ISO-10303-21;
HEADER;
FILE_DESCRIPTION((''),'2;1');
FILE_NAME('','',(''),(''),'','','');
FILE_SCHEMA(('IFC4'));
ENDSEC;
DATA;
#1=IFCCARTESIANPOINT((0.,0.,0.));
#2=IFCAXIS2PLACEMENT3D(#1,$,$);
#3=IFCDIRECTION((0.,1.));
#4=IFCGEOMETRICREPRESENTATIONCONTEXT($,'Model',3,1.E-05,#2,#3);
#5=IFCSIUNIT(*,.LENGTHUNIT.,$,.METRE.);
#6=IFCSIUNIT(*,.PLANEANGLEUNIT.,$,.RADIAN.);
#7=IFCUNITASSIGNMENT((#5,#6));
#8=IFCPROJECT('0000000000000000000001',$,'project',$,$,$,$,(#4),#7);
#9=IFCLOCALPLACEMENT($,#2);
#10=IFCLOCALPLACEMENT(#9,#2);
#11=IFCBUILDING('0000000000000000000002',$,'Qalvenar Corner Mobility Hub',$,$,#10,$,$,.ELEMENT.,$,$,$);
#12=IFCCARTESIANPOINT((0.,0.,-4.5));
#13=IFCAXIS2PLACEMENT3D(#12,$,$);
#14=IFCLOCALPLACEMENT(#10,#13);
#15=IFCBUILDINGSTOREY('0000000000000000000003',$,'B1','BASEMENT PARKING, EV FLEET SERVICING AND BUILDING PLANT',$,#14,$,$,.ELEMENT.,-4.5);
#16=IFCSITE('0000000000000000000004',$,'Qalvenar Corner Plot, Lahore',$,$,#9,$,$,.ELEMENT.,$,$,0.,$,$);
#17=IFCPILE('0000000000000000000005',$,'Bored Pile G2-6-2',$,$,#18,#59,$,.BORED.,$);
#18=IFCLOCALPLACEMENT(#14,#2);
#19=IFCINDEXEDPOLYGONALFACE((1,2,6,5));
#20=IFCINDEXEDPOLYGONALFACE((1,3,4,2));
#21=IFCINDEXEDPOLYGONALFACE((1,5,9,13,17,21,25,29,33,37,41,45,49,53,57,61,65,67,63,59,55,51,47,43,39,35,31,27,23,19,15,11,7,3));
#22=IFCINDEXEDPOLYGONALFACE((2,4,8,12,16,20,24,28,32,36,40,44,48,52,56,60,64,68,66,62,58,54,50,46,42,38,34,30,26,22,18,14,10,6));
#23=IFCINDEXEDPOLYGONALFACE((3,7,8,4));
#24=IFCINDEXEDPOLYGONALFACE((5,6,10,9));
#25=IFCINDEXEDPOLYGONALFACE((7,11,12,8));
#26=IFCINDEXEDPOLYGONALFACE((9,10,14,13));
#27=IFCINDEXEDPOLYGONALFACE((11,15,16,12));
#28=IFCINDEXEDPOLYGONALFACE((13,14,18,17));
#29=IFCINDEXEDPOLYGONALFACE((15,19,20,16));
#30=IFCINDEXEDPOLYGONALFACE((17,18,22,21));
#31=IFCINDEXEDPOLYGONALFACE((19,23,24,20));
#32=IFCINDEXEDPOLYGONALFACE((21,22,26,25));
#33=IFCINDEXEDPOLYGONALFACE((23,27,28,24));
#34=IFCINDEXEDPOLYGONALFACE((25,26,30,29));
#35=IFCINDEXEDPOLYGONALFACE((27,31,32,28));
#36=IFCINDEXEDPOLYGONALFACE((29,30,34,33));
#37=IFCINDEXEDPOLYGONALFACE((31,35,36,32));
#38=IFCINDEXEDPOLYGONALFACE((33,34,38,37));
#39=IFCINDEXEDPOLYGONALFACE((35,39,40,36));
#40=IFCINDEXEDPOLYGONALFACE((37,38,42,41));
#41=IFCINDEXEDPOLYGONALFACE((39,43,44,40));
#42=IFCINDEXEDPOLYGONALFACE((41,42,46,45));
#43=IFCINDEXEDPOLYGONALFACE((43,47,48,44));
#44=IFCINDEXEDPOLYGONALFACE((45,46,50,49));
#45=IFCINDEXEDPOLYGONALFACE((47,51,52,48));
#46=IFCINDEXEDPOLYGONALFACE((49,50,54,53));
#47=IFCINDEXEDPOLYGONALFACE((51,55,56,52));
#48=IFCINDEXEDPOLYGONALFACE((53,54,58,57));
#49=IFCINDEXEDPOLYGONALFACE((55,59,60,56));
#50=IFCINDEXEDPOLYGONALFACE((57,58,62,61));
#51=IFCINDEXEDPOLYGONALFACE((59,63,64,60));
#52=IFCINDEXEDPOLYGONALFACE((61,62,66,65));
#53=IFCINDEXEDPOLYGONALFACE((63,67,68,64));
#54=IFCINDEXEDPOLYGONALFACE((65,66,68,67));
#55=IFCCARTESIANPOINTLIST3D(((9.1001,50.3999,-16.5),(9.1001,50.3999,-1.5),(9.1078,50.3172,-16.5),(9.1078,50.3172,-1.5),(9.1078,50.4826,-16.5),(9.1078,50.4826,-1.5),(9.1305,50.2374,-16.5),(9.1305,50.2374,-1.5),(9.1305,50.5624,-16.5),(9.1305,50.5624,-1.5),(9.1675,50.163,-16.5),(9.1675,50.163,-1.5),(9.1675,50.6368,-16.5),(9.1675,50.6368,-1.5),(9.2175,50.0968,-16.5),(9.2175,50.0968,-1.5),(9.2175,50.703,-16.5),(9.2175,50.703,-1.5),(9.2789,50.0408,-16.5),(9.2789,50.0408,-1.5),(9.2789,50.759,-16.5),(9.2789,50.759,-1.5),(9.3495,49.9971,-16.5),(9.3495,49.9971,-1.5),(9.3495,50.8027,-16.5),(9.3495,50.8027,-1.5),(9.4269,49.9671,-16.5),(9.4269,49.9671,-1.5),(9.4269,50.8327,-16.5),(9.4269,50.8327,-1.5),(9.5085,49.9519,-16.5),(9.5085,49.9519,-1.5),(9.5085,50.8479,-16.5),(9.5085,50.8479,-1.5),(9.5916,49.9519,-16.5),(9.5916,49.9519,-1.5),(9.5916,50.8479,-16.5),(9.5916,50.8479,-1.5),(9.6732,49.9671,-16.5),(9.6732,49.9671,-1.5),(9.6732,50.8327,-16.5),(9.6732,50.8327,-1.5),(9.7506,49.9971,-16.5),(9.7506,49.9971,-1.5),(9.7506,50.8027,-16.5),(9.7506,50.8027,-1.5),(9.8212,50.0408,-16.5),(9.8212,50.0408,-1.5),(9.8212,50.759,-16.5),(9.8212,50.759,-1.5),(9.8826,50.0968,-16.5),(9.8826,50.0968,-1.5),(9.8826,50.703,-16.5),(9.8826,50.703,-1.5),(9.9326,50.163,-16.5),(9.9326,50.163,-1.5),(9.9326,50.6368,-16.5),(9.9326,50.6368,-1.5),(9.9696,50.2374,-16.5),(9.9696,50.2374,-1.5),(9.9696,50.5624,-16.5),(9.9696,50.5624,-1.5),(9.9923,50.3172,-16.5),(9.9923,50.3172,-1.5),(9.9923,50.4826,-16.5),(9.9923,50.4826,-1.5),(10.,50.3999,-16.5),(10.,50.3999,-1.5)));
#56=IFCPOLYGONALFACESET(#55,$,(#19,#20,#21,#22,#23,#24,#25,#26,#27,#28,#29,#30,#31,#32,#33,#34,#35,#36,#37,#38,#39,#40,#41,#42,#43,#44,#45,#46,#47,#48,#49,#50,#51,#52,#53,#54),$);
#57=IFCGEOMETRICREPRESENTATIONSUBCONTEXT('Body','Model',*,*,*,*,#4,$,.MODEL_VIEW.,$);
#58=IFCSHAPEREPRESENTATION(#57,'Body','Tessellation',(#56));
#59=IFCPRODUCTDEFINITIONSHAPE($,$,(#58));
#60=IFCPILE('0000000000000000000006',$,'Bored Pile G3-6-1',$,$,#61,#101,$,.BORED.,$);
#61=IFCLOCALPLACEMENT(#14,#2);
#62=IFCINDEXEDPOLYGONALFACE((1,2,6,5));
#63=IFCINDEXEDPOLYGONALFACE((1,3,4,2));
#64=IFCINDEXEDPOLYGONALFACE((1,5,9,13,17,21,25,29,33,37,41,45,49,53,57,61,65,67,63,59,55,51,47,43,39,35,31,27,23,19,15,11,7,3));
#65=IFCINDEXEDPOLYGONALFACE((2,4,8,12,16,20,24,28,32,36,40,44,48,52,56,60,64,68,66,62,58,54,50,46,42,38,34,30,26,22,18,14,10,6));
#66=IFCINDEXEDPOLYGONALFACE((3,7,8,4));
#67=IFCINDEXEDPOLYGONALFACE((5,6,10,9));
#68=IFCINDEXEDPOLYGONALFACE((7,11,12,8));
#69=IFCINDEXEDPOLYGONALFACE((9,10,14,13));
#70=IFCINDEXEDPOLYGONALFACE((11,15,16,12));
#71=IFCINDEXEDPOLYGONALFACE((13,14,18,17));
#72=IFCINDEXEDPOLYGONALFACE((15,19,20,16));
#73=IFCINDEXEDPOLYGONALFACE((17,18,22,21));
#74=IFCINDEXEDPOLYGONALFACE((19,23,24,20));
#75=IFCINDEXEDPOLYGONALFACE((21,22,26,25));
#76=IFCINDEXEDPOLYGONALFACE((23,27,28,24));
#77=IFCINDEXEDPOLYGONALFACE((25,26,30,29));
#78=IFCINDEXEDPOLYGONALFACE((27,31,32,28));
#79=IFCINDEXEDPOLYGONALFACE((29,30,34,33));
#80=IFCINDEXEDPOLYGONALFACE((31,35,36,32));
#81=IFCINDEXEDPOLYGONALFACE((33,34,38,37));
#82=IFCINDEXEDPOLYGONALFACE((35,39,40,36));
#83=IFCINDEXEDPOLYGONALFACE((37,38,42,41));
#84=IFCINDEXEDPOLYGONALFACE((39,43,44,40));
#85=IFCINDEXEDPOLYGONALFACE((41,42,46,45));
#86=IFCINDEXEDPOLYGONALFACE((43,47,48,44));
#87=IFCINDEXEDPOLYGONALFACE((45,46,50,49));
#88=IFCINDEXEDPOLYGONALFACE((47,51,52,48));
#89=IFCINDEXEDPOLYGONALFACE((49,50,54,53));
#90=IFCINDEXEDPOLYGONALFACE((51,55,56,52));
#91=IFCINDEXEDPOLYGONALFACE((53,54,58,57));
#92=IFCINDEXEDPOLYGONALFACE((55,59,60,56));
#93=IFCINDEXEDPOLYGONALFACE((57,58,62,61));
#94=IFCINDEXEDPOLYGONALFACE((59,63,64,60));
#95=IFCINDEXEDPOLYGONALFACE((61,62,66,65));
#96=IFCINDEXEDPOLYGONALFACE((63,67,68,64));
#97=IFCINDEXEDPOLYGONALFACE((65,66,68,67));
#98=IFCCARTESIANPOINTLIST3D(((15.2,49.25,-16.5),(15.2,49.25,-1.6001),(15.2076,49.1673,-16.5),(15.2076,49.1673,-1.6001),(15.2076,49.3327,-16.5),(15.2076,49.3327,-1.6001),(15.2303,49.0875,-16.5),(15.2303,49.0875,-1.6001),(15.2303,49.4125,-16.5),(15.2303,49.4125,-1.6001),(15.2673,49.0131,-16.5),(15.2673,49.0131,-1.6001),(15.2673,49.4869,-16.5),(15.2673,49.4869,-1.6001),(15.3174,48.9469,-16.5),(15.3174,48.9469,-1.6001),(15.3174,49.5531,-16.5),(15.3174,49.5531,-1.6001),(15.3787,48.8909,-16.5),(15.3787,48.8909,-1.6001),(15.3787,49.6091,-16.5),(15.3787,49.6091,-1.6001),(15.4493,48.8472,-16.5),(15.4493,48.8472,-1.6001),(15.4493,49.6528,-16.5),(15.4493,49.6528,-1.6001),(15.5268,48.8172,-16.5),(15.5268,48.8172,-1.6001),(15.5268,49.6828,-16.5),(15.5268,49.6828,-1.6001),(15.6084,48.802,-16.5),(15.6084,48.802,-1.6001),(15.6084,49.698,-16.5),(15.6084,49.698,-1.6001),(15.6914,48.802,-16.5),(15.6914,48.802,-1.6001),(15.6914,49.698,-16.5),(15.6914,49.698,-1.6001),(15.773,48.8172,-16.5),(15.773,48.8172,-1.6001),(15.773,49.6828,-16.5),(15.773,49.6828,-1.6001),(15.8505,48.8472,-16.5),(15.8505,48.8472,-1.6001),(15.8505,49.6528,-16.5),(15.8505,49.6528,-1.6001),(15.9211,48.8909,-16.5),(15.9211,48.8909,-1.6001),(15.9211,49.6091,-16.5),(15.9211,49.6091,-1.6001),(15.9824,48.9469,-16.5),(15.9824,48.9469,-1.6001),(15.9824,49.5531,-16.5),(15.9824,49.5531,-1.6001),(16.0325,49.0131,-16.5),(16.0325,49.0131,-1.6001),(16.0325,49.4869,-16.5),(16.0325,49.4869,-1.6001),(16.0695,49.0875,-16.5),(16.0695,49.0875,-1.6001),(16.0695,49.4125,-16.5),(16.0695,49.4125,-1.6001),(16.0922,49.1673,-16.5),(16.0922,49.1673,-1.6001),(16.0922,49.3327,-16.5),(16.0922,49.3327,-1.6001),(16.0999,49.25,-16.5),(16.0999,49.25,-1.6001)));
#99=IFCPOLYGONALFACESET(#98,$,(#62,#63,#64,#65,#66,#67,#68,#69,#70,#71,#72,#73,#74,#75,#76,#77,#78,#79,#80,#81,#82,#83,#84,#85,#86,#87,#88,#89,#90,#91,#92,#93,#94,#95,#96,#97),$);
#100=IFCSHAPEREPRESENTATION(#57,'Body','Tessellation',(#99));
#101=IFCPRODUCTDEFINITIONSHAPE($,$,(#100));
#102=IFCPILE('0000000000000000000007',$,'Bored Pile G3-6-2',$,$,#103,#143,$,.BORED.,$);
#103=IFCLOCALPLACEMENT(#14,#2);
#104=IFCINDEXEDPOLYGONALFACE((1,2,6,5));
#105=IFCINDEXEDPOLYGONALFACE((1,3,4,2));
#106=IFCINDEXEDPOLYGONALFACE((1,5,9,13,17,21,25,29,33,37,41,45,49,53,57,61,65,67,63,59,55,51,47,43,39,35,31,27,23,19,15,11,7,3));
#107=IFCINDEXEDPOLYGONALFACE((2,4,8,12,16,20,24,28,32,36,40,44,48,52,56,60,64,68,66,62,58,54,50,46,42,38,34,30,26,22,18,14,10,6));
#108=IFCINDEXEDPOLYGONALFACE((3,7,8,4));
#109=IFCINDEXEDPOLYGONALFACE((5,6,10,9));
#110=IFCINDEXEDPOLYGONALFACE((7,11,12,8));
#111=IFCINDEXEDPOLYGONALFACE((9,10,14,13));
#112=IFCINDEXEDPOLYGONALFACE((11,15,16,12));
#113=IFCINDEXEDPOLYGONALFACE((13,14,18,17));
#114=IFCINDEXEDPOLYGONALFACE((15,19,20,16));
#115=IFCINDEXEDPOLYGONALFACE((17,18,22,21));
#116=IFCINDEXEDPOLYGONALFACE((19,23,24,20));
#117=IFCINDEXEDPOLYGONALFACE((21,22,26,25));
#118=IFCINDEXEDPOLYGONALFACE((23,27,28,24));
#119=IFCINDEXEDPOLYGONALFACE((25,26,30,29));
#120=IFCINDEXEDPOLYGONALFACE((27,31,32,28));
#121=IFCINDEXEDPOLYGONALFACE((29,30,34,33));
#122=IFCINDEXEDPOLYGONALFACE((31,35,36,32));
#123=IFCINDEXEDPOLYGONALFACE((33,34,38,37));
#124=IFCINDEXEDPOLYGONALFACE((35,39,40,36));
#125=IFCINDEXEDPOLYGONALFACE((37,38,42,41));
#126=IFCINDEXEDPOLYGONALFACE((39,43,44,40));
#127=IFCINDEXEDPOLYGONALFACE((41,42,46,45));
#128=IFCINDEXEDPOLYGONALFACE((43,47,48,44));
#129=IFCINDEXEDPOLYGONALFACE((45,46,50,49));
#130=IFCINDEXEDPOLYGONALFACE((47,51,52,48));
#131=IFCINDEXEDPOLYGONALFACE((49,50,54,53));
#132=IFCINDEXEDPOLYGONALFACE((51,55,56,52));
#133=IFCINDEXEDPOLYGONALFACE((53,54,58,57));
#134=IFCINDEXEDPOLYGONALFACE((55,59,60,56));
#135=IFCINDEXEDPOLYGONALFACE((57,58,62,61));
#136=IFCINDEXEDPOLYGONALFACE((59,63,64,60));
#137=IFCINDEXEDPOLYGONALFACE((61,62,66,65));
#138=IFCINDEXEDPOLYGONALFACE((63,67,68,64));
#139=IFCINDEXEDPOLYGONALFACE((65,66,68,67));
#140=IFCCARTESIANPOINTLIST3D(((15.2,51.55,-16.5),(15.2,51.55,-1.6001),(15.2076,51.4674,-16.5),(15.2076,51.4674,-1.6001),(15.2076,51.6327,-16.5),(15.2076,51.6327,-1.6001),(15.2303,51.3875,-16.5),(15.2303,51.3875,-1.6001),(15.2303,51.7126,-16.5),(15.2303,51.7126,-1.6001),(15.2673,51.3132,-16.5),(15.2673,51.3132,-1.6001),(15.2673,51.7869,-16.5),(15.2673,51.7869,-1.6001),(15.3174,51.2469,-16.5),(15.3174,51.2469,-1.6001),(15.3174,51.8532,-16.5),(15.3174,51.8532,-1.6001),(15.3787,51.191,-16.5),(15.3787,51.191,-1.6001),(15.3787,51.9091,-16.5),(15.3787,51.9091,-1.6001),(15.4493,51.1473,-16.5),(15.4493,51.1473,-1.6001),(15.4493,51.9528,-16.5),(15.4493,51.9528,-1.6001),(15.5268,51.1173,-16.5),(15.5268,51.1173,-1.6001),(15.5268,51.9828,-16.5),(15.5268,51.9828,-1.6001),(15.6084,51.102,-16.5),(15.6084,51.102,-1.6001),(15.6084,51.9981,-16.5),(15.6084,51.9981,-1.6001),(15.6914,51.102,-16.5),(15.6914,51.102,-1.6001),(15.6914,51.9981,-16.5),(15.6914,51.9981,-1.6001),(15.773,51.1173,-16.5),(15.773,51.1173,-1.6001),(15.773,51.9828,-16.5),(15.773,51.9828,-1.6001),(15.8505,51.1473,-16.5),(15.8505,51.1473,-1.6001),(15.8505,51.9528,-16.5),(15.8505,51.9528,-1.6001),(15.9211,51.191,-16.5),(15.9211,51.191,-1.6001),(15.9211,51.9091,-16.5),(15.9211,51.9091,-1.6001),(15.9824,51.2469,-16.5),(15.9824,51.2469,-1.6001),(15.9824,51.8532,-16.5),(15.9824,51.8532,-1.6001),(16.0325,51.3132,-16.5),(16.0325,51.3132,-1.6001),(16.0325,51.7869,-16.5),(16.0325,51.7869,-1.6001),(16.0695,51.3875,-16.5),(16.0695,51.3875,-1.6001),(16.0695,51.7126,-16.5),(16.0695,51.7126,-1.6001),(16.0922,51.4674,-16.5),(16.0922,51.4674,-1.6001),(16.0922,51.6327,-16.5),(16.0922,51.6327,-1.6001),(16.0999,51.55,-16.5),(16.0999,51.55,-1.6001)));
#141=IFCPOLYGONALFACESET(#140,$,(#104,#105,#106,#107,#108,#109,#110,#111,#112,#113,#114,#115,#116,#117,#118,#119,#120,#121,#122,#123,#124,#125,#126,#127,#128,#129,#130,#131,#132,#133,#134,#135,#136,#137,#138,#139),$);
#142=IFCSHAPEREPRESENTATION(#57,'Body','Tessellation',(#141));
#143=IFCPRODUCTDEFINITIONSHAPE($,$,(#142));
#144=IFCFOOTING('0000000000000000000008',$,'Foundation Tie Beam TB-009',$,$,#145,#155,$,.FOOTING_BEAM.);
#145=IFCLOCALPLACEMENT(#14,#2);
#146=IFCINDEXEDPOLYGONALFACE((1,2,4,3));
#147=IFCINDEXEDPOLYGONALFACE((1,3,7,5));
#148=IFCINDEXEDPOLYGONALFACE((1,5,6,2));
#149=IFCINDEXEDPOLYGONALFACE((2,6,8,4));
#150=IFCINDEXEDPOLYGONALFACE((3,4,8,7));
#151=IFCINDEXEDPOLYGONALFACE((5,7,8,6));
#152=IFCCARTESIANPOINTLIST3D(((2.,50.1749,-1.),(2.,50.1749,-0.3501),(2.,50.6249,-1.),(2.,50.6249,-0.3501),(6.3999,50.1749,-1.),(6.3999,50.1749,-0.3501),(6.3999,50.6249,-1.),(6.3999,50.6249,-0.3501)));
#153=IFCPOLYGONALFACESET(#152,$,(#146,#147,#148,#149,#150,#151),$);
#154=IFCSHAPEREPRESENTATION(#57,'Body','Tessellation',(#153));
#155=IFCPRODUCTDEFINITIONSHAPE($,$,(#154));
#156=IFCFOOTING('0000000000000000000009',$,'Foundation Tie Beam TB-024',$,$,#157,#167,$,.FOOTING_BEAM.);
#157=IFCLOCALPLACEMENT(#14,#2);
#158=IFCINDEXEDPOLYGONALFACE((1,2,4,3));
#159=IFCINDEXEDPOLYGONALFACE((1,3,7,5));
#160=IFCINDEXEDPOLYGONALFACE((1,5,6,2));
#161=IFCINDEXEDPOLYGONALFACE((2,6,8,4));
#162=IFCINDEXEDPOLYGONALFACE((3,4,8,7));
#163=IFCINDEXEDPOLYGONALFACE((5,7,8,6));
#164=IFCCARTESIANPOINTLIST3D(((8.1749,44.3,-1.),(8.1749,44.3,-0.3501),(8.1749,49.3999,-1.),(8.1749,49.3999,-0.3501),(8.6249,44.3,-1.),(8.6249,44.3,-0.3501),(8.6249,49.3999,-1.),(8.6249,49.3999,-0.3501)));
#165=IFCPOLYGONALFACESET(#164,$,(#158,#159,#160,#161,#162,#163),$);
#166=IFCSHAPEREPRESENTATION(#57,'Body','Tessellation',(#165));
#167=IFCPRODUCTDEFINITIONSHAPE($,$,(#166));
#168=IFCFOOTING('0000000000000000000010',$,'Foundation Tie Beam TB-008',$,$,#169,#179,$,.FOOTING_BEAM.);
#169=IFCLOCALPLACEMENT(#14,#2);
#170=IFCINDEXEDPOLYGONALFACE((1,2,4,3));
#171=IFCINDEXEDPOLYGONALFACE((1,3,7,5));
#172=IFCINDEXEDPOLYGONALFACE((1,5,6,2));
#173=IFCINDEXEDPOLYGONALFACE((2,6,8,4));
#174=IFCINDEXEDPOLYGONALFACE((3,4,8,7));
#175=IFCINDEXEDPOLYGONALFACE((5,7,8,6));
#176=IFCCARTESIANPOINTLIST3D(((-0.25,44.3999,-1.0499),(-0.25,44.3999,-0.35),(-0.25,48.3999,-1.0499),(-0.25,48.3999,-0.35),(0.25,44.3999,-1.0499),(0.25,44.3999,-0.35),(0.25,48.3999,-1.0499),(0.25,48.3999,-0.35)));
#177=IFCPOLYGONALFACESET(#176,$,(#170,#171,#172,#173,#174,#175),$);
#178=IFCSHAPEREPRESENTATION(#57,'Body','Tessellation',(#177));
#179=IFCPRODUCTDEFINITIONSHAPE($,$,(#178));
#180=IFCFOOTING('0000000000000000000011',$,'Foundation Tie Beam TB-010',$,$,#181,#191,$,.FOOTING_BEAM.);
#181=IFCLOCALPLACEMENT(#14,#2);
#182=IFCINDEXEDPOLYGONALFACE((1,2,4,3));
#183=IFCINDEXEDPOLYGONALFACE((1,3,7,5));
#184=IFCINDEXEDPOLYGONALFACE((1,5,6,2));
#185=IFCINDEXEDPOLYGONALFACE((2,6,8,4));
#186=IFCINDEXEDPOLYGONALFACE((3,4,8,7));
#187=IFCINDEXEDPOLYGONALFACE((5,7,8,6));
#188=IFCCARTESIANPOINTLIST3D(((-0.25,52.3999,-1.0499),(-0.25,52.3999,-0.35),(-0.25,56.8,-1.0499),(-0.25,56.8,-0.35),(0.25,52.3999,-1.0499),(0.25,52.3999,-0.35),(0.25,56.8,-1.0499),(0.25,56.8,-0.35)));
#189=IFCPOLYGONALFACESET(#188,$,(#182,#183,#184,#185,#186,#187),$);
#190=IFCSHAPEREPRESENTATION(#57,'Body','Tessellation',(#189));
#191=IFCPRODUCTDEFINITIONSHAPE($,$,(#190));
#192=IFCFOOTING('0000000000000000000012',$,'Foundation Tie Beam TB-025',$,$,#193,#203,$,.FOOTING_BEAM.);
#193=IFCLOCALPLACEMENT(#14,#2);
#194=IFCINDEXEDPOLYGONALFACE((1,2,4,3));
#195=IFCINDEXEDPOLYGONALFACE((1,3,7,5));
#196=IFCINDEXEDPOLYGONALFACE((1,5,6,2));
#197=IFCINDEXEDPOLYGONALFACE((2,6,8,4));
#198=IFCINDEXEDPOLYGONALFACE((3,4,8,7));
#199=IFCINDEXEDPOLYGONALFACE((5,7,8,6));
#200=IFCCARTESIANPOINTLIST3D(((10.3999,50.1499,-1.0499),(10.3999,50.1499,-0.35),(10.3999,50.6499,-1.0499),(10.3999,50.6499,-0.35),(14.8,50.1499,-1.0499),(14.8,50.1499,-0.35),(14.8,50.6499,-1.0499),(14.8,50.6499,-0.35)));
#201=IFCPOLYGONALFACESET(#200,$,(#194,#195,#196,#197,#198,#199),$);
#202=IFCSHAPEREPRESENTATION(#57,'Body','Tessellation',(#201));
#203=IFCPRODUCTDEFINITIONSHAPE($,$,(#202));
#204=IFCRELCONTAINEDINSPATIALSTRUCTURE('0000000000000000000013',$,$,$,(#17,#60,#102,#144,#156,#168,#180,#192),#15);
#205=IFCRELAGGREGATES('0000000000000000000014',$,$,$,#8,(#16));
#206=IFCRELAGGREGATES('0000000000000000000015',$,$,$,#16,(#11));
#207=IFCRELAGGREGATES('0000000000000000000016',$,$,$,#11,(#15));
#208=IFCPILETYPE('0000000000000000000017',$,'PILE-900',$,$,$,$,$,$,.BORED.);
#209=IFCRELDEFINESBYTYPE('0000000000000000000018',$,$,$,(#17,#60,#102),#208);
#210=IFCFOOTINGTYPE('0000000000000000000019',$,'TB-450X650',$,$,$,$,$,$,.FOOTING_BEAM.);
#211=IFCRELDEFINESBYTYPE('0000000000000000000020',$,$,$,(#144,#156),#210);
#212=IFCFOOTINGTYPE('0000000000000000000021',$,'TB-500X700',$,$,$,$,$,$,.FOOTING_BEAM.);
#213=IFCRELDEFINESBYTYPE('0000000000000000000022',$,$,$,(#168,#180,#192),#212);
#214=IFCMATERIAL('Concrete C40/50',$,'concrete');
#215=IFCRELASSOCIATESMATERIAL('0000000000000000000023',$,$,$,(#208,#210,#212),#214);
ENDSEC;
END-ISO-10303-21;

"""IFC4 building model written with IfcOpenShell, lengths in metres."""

from ifc_helpers import new_model, si_unit, direction, frame, origin, origin_2d, place, context, subcontext, project, spatial, rectangle, circle, extrude, material, material_profile, profile_set, type_object, element, save


model = new_model("IFC4")

# Units and contexts
model_context = context("Model", 3, precision=1e-05, world=origin(), true_north=direction((0.0, 1.0)))
body_context = subcontext(model_context, "Body", "Model", "MODEL_VIEW")
ifc_project = project(units=[si_unit("LENGTHUNIT", "METRE"), si_unit("PLANEANGLEUNIT", "RADIAN")], contexts=[model_context])

# Site, building, storey
site_placement = place(None, origin())
site = spatial("IfcSite", under=ifc_project, at=site_placement, Name="Qalvenar Corner Plot, Lahore", CompositionType="ELEMENT", RefElevation=0.0)
building_placement = place(site_placement, origin())
building = spatial("IfcBuilding", under=site, at=building_placement, Name="Qalvenar Corner Mobility Hub", CompositionType="ELEMENT")
storey_placement = place(building_placement, frame((0.0, 0.0, -4.5)))
storey = spatial("IfcBuildingStorey", under=building, at=storey_placement, Name="B1", Description="BASEMENT PARKING, EV FLEET SERVICING AND BUILDING PLANT", CompositionType="ELEMENT", Elevation=-4.5)

# Shared definitions
ifc_material_1 = material(Name="Concrete C40/50", Category="concrete")

# Piles
ifc_material_profile_1 = material_profile(ifc_material_1, circle(Radius=0.45, at=origin_2d()), Name="DIA900")
ifc_profile_set_1 = profile_set([ifc_material_profile_1], Name="Concrete C40/50")
pile_type_1 = type_object("IfcPileType", Name="PILE-900", PredefinedType="BORED", material=ifc_profile_set_1)
for number, where, z_axis, x_axis, name in (
    (1, (9.55, 50.3999, -1.5), (0.0, 0.0, -1.0), (1.0, 0.0, 0.0), "Bored Pile G2-6-2"),
):
    element("IfcPile", number, at=place(storey_placement, frame(where, z_axis=z_axis, x_axis=x_axis)), inside=storey, type_object=pile_type_1, Name=name, PredefinedType="BORED", context=body_context, shape_type="SweptSolid", body=[
        extrude(circle(Radius=0.45, at=origin_2d()), origin(), (0.0, 0.0, 1.0), 15.0),
    ])
for number, where, z_axis, x_axis, name in (
    (2, (15.6499, 49.25, -1.6001), (0.0, 0.0, -1.0), (1.0, 0.0, 0.0), "Bored Pile G3-6-1"),
    (3, (15.6499, 51.55, -1.6001), (0.0, 0.0, -1.0), (1.0, 0.0, 0.0), "Bored Pile G3-6-2"),
):
    element("IfcPile", number, at=place(storey_placement, frame(where, z_axis=z_axis, x_axis=x_axis)), inside=storey, type_object=pile_type_1, Name=name, PredefinedType="BORED", context=body_context, shape_type="SweptSolid", body=[
        extrude(circle(Radius=0.45, at=origin_2d()), origin(), (0.0, 0.0, 1.0), 14.8999),
    ])

# Footings
ifc_material_profile_2 = material_profile(ifc_material_1, rectangle(XDim=0.45, YDim=0.6499, at=origin_2d()), Name="RC450x650")
ifc_profile_set_2 = profile_set([ifc_material_profile_2], Name="Concrete C40/50")
footing_type_1 = type_object("IfcFootingType", Name="TB-450X650", PredefinedType="FOOTING_BEAM", material=ifc_profile_set_2)
footing_1_placement = place(storey_placement, frame((2.0, 50.3999, -0.675), z_axis=(1.0, 0.0, 0.0), x_axis=(0.0, 1.0, 0.0)))
element("IfcFooting", 4, at=footing_1_placement, inside=storey, type_object=footing_type_1, Name="Foundation Tie Beam TB-009", PredefinedType="FOOTING_BEAM", context=body_context, shape_type="SweptSolid", body=[
    extrude(rectangle(XDim=0.45, YDim=0.6499, at=origin_2d()), origin(), (0.0, 0.0, 1.0), 4.3999),
])
footing_2_placement = place(storey_placement, frame((8.3999, 44.3, -0.675), z_axis=(0.0, 1.0, 0.0), x_axis=(-1.0, 0.0, 0.0)))
element("IfcFooting", 5, at=footing_2_placement, inside=storey, type_object=footing_type_1, Name="Foundation Tie Beam TB-024", PredefinedType="FOOTING_BEAM", context=body_context, shape_type="SweptSolid", body=[
    extrude(rectangle(XDim=0.45, YDim=0.6499, at=origin_2d()), origin(), (0.0, 0.0, 1.0), 5.0999),
])
ifc_material_profile_3 = material_profile(ifc_material_1, rectangle(XDim=0.5, YDim=0.7, at=origin_2d()), Name="RC500x700")
ifc_profile_set_3 = profile_set([ifc_material_profile_3], Name="Concrete C40/50")
footing_type_2 = type_object("IfcFootingType", Name="TB-500X700", PredefinedType="FOOTING_BEAM", material=ifc_profile_set_3)
footing_3_placement = place(storey_placement, frame((0.0, 44.3999, -0.7), z_axis=(0.0, 1.0, 0.0), x_axis=(-1.0, 0.0, 0.0)))
element("IfcFooting", 6, at=footing_3_placement, inside=storey, type_object=footing_type_2, Name="Foundation Tie Beam TB-008", PredefinedType="FOOTING_BEAM", context=body_context, shape_type="SweptSolid", body=[
    extrude(rectangle(XDim=0.5, YDim=0.7, at=origin_2d()), origin(), (0.0, 0.0, 1.0), 4.0),
])
for number, where, z_axis, x_axis, name in (
    (7, (0.0, 52.3999, -0.7), (0.0, 1.0, 0.0), (-1.0, 0.0, 0.0), "Foundation Tie Beam TB-010"),
    (8, (10.3999, 50.3999, -0.7), (1.0, 0.0, 0.0), (0.0, 1.0, 0.0), "Foundation Tie Beam TB-025"),
):
    element("IfcFooting", number, at=place(storey_placement, frame(where, z_axis=z_axis, x_axis=x_axis)), inside=storey, type_object=footing_type_2, Name=name, PredefinedType="FOOTING_BEAM", context=body_context, shape_type="SweptSolid", body=[
        extrude(rectangle(XDim=0.5, YDim=0.7, at=origin_2d()), origin(), (0.0, 0.0, 1.0), 4.4001),
    ])

save(model, "model.ifc")
